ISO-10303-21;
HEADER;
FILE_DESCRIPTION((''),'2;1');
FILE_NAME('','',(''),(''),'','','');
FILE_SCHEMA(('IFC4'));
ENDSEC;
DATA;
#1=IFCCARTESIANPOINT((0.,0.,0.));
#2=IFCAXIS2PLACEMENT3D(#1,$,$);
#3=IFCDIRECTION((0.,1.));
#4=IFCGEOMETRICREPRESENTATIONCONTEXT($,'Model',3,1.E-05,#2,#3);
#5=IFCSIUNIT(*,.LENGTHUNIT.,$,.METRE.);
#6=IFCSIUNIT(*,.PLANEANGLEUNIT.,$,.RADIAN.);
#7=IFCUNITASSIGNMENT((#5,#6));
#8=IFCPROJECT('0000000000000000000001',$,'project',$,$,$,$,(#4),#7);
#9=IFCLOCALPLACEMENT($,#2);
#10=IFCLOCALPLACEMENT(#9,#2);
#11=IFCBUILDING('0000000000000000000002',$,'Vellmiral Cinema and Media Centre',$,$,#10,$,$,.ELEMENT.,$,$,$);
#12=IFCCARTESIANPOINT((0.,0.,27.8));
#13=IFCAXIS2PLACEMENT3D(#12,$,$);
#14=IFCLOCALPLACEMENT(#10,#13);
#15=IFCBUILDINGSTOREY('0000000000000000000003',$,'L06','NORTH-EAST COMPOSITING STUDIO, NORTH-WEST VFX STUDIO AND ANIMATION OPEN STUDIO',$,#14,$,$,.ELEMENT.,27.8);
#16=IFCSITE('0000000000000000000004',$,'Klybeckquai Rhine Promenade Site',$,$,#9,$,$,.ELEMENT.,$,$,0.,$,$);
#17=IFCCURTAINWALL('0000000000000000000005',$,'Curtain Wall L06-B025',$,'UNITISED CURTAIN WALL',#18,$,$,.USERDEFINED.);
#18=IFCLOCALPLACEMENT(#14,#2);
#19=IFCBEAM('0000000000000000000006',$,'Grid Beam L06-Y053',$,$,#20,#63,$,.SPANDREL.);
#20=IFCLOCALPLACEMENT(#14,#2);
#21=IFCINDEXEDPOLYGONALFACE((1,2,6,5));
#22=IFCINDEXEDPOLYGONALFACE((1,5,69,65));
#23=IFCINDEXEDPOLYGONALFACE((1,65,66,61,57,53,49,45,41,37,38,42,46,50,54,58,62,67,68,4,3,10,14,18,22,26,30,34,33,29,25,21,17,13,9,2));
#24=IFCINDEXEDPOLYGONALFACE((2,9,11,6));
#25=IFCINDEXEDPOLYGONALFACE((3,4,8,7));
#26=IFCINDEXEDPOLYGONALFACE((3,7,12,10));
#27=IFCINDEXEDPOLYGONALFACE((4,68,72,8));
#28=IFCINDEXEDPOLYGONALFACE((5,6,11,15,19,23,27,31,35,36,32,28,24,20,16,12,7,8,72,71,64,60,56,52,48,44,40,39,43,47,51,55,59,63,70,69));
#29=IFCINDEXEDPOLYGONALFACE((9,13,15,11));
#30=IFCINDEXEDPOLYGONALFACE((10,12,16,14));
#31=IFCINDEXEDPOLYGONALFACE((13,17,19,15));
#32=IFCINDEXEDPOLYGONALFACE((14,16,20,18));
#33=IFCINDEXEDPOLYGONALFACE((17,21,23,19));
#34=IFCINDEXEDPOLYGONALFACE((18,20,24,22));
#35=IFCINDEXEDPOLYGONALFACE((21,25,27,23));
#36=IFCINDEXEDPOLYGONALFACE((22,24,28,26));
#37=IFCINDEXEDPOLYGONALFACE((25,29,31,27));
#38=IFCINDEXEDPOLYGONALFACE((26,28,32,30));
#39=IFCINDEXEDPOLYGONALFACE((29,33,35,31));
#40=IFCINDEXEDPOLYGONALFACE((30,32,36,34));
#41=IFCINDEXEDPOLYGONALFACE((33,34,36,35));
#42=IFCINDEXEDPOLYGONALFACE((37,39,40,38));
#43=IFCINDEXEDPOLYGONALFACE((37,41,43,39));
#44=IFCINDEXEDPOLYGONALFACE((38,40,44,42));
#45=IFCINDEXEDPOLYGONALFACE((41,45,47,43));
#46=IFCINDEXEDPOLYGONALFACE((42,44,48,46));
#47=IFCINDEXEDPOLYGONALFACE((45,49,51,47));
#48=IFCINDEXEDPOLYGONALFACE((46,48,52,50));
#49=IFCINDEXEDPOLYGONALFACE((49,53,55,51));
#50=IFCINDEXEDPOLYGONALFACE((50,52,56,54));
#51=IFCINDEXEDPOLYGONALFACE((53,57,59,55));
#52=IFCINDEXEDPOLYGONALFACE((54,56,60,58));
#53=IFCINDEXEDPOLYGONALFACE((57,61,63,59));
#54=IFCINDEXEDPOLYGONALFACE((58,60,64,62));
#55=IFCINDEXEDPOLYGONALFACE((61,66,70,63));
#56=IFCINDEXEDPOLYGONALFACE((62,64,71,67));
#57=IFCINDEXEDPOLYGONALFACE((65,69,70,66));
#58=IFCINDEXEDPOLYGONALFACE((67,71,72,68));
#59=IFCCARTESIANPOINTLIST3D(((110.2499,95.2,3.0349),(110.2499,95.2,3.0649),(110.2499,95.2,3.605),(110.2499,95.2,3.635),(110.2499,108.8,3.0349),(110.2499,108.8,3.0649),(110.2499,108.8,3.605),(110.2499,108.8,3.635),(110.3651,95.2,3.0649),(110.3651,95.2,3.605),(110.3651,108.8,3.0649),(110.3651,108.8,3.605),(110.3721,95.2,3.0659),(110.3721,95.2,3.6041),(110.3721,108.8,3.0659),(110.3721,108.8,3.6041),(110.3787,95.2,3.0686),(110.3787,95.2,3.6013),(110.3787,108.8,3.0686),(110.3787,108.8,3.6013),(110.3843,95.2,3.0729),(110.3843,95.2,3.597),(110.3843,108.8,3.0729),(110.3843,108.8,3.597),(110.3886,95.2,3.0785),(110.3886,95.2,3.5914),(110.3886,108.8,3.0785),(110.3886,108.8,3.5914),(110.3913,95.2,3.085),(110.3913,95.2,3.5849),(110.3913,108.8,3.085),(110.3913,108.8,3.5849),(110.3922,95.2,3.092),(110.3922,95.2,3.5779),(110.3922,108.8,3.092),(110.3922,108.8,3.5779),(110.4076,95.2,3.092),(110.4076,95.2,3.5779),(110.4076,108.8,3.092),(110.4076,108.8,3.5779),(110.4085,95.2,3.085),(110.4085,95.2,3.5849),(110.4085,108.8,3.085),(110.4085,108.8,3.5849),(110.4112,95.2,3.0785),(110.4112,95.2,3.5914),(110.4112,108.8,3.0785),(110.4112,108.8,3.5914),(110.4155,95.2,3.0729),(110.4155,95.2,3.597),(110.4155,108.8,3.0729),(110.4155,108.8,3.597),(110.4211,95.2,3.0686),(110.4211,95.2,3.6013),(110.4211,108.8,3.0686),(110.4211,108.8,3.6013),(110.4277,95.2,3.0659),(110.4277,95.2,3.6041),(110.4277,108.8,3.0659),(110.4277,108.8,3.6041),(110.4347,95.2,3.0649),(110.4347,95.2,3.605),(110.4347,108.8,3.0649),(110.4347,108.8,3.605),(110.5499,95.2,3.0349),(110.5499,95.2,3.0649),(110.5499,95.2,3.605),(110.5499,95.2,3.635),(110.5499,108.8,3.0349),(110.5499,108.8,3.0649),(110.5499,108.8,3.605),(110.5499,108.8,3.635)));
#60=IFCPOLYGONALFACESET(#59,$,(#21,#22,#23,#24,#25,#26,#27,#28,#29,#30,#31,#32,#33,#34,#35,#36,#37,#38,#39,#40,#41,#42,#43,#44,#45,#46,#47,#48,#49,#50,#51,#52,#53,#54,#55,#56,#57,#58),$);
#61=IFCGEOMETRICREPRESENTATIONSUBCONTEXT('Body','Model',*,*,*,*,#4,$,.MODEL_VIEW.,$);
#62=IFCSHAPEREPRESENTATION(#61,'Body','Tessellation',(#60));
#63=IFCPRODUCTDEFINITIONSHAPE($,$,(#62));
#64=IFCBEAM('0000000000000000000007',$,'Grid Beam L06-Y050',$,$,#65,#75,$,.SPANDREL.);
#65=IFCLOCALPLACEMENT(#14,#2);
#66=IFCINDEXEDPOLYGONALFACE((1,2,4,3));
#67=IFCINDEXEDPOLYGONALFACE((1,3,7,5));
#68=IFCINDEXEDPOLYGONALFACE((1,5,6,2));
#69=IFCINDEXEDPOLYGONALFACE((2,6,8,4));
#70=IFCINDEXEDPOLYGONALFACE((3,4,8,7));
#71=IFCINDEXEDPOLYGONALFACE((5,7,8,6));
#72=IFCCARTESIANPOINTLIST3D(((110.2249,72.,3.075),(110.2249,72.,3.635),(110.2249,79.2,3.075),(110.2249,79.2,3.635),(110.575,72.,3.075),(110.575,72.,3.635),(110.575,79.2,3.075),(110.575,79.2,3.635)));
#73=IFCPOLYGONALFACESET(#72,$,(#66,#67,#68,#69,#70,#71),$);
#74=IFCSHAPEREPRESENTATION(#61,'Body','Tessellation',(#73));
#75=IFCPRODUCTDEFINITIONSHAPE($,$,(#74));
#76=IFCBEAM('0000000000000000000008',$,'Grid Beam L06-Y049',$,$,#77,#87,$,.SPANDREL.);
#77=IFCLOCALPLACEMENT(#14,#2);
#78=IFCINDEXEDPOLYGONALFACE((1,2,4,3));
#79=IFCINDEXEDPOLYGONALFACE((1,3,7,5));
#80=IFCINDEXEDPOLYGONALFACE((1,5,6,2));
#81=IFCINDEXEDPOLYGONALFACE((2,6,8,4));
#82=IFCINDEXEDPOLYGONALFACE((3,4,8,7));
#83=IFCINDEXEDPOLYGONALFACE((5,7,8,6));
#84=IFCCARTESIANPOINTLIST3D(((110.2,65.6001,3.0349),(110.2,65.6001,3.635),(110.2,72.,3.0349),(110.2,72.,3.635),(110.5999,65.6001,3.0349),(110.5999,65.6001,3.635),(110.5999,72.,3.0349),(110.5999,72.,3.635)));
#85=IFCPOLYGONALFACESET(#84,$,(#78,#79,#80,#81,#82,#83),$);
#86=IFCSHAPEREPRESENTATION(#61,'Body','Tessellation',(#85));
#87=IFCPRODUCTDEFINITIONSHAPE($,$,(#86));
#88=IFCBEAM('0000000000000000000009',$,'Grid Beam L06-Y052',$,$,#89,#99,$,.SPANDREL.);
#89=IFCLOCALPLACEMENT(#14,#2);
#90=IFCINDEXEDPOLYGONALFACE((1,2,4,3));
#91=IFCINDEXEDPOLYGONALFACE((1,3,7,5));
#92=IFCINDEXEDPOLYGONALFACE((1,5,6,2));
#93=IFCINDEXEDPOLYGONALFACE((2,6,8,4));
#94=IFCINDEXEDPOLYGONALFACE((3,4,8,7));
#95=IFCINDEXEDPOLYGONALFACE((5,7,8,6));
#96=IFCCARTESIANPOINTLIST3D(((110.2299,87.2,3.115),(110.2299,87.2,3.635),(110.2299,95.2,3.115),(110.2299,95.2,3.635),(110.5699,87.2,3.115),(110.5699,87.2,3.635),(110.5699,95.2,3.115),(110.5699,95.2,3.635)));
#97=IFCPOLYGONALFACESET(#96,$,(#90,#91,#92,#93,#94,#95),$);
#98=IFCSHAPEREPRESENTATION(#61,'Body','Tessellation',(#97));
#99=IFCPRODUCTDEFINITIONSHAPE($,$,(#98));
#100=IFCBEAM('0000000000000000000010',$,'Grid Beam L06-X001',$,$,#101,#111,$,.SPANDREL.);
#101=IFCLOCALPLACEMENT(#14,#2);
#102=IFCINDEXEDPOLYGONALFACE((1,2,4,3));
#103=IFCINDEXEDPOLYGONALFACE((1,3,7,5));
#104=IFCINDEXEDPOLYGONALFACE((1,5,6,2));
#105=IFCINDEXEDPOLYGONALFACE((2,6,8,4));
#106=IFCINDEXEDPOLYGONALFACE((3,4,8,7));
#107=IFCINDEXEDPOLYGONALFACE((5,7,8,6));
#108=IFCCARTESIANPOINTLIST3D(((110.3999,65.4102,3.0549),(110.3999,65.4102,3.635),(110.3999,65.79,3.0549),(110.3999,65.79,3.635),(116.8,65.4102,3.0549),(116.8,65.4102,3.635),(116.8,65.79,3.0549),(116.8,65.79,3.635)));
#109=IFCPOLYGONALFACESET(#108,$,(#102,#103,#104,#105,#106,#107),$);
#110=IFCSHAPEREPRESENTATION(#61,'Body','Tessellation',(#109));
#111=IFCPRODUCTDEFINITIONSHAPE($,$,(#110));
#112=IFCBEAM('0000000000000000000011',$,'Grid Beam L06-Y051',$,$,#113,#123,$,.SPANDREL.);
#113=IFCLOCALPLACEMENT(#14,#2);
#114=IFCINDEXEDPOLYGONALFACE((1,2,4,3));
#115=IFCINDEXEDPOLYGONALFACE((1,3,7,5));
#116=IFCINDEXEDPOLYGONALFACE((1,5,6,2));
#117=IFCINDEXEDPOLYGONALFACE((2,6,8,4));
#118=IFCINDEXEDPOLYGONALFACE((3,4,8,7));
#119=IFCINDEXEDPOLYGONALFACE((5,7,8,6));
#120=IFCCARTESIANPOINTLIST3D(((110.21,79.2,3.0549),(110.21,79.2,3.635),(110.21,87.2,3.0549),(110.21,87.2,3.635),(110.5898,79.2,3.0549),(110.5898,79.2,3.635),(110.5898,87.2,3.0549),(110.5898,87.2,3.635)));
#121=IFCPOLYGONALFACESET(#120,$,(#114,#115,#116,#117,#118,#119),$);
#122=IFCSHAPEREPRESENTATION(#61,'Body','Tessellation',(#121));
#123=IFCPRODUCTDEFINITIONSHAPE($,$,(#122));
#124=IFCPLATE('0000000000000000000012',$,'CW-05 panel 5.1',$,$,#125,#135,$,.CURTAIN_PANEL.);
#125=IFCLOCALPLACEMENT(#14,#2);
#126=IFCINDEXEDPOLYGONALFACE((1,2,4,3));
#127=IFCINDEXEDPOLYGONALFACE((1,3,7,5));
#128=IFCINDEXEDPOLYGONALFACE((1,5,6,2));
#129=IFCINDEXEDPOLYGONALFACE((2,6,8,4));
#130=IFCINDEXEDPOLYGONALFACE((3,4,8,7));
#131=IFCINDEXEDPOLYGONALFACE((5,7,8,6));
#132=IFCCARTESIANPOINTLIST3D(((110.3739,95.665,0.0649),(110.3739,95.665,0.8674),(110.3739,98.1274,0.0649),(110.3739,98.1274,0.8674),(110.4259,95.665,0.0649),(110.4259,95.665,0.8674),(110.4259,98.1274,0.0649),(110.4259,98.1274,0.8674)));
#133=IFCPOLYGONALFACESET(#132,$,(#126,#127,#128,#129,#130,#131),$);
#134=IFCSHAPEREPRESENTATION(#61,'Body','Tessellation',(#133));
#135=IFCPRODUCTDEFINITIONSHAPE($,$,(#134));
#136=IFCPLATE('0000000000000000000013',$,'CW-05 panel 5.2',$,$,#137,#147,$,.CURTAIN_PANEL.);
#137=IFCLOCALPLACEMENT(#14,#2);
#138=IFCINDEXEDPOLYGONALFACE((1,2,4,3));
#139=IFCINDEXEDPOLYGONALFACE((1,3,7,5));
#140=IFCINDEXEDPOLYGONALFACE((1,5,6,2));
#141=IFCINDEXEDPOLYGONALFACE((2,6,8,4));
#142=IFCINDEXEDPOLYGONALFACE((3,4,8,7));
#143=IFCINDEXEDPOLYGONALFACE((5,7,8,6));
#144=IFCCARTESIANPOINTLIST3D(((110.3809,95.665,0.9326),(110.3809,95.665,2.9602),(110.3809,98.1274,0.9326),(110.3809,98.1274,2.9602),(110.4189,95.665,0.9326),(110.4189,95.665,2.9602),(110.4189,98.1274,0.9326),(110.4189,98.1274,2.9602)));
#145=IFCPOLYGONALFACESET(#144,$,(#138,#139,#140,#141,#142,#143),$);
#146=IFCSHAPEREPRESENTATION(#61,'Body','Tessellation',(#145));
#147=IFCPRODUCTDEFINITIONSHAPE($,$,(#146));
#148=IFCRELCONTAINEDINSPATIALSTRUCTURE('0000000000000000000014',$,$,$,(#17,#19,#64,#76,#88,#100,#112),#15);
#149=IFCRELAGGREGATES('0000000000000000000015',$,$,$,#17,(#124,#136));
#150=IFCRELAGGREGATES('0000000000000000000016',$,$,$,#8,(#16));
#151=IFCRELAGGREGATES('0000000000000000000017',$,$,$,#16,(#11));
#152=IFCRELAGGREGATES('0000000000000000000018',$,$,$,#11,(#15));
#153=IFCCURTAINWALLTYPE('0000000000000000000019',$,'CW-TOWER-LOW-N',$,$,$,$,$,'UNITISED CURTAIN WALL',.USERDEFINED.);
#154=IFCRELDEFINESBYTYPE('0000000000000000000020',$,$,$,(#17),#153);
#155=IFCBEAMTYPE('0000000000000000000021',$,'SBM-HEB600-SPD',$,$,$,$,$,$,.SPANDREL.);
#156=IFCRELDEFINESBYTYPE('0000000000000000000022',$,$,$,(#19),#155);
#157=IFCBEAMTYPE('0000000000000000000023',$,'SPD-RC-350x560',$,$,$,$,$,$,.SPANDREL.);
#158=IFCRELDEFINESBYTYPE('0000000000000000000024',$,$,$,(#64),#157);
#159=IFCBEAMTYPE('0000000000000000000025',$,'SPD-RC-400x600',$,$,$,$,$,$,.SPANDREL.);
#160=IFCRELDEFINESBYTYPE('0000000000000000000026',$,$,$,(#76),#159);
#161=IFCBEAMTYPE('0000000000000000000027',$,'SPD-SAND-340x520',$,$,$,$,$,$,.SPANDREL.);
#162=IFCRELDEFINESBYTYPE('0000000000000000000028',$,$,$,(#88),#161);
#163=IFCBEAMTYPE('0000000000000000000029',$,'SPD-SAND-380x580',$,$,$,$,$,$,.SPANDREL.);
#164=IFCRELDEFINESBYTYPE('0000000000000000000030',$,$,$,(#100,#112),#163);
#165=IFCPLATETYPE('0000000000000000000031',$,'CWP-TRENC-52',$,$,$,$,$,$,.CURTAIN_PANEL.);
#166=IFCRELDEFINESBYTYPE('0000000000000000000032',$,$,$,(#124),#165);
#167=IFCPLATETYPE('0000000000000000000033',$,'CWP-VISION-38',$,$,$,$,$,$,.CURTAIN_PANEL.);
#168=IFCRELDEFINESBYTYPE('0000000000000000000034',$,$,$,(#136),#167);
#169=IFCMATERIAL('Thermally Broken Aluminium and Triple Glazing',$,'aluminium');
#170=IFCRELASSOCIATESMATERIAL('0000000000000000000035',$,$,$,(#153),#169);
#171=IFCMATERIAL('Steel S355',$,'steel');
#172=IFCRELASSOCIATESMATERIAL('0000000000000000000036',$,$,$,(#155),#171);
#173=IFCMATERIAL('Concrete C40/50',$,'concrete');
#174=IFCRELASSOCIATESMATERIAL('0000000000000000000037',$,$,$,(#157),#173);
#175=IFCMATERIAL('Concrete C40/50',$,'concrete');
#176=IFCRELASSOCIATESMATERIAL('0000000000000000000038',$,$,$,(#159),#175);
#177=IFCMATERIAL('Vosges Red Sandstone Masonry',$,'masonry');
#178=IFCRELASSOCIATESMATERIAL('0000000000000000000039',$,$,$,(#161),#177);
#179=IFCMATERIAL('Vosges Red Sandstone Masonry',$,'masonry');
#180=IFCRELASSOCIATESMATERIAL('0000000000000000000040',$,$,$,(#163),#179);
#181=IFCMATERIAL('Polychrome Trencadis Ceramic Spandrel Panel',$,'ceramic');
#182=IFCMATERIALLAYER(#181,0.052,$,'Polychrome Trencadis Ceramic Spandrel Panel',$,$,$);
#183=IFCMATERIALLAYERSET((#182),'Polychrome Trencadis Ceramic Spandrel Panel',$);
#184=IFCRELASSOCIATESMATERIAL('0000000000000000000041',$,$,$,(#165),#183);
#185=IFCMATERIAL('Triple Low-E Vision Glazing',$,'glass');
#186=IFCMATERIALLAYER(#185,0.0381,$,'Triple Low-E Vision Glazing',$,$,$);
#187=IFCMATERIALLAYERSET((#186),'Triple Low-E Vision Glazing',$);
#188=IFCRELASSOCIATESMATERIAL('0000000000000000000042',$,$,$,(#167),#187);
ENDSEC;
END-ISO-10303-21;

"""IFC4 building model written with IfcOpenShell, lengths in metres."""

from ifc_helpers import new_model, si_unit, direction, frame, origin, origin_2d, place, context, subcontext, project, spatial, rectangle, i_section, extrude, material, layer, layer_set, material_profile, profile_set, type_object, element, aggregate, save


model = new_model("IFC4")

# Units and contexts
model_context = context("Model", 3, precision=1e-05, world=origin(), true_north=direction((0.0, 1.0)))
body_context = subcontext(model_context, "Body", "Model", "MODEL_VIEW")
ifc_project = project(units=[si_unit("LENGTHUNIT", "METRE"), si_unit("PLANEANGLEUNIT", "RADIAN")], contexts=[model_context])

# Site, building, storey
site_placement = place(None, origin())
site = spatial("IfcSite", under=ifc_project, at=site_placement, Name="Klybeckquai Rhine Promenade Site", CompositionType="ELEMENT", RefElevation=0.0)
building_placement = place(site_placement, origin())
building = spatial("IfcBuilding", under=site, at=building_placement, Name="Vellmiral Cinema and Media Centre", CompositionType="ELEMENT")
storey_placement = place(building_placement, frame((0.0, 0.0, 27.8)))
storey = spatial("IfcBuildingStorey", under=building, at=storey_placement, Name="L06", Description="NORTH-EAST COMPOSITING STUDIO, NORTH-WEST VFX STUDIO AND ANIMATION OPEN STUDIO", CompositionType="ELEMENT", Elevation=27.8)

# Curtain wall
ifc_material_1 = material(Name="Thermally Broken Aluminium and Triple Glazing", Category="aluminium")
curtain_wall_type = type_object("IfcCurtainWallType", Name="CW-TOWER-LOW-N", ElementType="UNITISED CURTAIN WALL", PredefinedType="USERDEFINED", material=ifc_material_1)
curtain_wall_placement = place(storey_placement, origin())
curtain_wall = element("IfcCurtainWall", 1, at=curtain_wall_placement, inside=storey, type_object=curtain_wall_type, Name="Curtain Wall L06-B025", ObjectType="UNITISED CURTAIN WALL", PredefinedType="USERDEFINED")

# Beams
ifc_material_2 = material(Name="Steel S355", Category="steel")
ifc_material_profile_1 = material_profile(ifc_material_2, i_section(OverallWidth=0.3, OverallDepth=0.6001, WebThickness=0.0154, FlangeThickness=0.03, FilletRadius=0.0271, at=origin_2d()), Name="HEB 600")
ifc_profile_set_1 = profile_set([ifc_material_profile_1], Name="Steel S355")
beam_type_1 = type_object("IfcBeamType", Name="SBM-HEB600-SPD", PredefinedType="SPANDREL", material=ifc_profile_set_1)
beam_1_placement = place(storey_placement, frame((110.3999, 95.2, 3.335), z_axis=(0.0, 1.0, 0.0), x_axis=(-1.0, 0.0, 0.0)))
element("IfcBeam", 2, at=beam_1_placement, inside=storey, type_object=beam_type_1, Name="Grid Beam L06-Y053", PredefinedType="SPANDREL", context=body_context, shape_type="SweptSolid", body=[
    extrude(i_section(OverallWidth=0.3, OverallDepth=0.6001, WebThickness=0.0154, FlangeThickness=0.03, FilletRadius=0.0271, at=origin_2d()), origin(), (0.0, 0.0, 1.0), 13.6001),
])
ifc_material_3 = material(Name="Concrete C40/50", Category="concrete")
ifc_material_profile_2 = material_profile(ifc_material_3, rectangle(XDim=0.3501, YDim=0.5601, at=origin_2d()), Name="RC 350x560")
ifc_profile_set_2 = profile_set([ifc_material_profile_2], Name="Concrete C40/50")
beam_type_2 = type_object("IfcBeamType", Name="SPD-RC-350x560", PredefinedType="SPANDREL", material=ifc_profile_set_2)
beam_2_placement = place(storey_placement, frame((110.3999, 72.0, 3.355), z_axis=(0.0, 1.0, 0.0), x_axis=(-1.0, 0.0, 0.0)))
element("IfcBeam", 3, at=beam_2_placement, inside=storey, type_object=beam_type_2, Name="Grid Beam L06-Y050", PredefinedType="SPANDREL", context=body_context, shape_type="SweptSolid", body=[
    extrude(rectangle(XDim=0.3501, YDim=0.5601, at=origin_2d()), origin(), (0.0, 0.0, 1.0), 7.2),
])
ifc_material_4 = material(Name="Concrete C40/50", Category="concrete")
ifc_material_profile_3 = material_profile(ifc_material_4, rectangle(XDim=0.3999, YDim=0.6001, at=origin_2d()), Name="RC 400x600")
ifc_profile_set_3 = profile_set([ifc_material_profile_3], Name="Concrete C40/50")
beam_type_3 = type_object("IfcBeamType", Name="SPD-RC-400x600", PredefinedType="SPANDREL", material=ifc_profile_set_3)
beam_3_placement = place(storey_placement, frame((110.3999, 65.6001, 3.335), z_axis=(0.0, 1.0, 0.0), x_axis=(-1.0, 0.0, 0.0)))
element("IfcBeam", 4, at=beam_3_placement, inside=storey, type_object=beam_type_3, Name="Grid Beam L06-Y049", PredefinedType="SPANDREL", context=body_context, shape_type="SweptSolid", body=[
    extrude(rectangle(XDim=0.3999, YDim=0.6001, at=origin_2d()), origin(), (0.0, 0.0, 1.0), 6.3999),
])
ifc_material_5 = material(Name="Vosges Red Sandstone Masonry", Category="masonry")
ifc_material_profile_4 = material_profile(ifc_material_5, rectangle(XDim=0.3401, YDim=0.52, at=origin_2d()), Name="SAND 340x520")
ifc_profile_set_4 = profile_set([ifc_material_profile_4], Name="Vosges Red Sandstone Masonry")
beam_type_4 = type_object("IfcBeamType", Name="SPD-SAND-340x520", PredefinedType="SPANDREL", material=ifc_profile_set_4)
beam_4_placement = place(storey_placement, frame((110.3999, 87.2, 3.375), z_axis=(0.0, 1.0, 0.0), x_axis=(-1.0, 0.0, 0.0)))
element("IfcBeam", 5, at=beam_4_placement, inside=storey, type_object=beam_type_4, Name="Grid Beam L06-Y052", PredefinedType="SPANDREL", context=body_context, shape_type="SweptSolid", body=[
    extrude(rectangle(XDim=0.3401, YDim=0.52, at=origin_2d()), origin(), (0.0, 0.0, 1.0), 8.0),
])
ifc_material_6 = material(Name="Vosges Red Sandstone Masonry", Category="masonry")
ifc_material_profile_5 = material_profile(ifc_material_6, rectangle(XDim=0.3799, YDim=0.5801, at=origin_2d()), Name="SAND 380x580")
ifc_profile_set_5 = profile_set([ifc_material_profile_5], Name="Vosges Red Sandstone Masonry")
beam_type_5 = type_object("IfcBeamType", Name="SPD-SAND-380x580", PredefinedType="SPANDREL", material=ifc_profile_set_5)
beam_5_placement = place(storey_placement, frame((110.3999, 65.6001, 3.345), z_axis=(1.0, 0.0, 0.0), x_axis=(0.0, 1.0, 0.0)))
element("IfcBeam", 6, at=beam_5_placement, inside=storey, type_object=beam_type_5, Name="Grid Beam L06-X001", PredefinedType="SPANDREL", context=body_context, shape_type="SweptSolid", body=[
    extrude(rectangle(XDim=0.3799, YDim=0.5801, at=origin_2d()), origin(), (0.0, 0.0, 1.0), 6.4001),
])
beam_6_placement = place(storey_placement, frame((110.3999, 79.2, 3.345), z_axis=(0.0, 1.0, 0.0), x_axis=(-1.0, 0.0, 0.0)))
element("IfcBeam", 7, at=beam_6_placement, inside=storey, type_object=beam_type_5, Name="Grid Beam L06-Y051", PredefinedType="SPANDREL", context=body_context, shape_type="SweptSolid", body=[
    extrude(rectangle(XDim=0.3799, YDim=0.5801, at=origin_2d()), origin(), (0.0, 0.0, 1.0), 8.0),
])

# Plates
ifc_material_7 = material(Name="Polychrome Trencadis Ceramic Spandrel Panel", Category="ceramic")
ifc_layer_1 = layer(ifc_material_7, 0.052, Name="Polychrome Trencadis Ceramic Spandrel Panel")
ifc_layer_set_1 = layer_set([ifc_layer_1], Name="Polychrome Trencadis Ceramic Spandrel Panel")
plate_type_1 = type_object("IfcPlateType", Name="CWP-TRENC-52", PredefinedType="CURTAIN_PANEL", material=ifc_layer_set_1)
plate_1_placement = place(storey_placement, frame((110.3999, 96.8962, 0.0649), z_axis=(0.0, 0.0, 1.0), x_axis=(0.0, -1.0, 0.0)))
plate_1 = element("IfcPlate", 8, at=plate_1_placement, type_object=plate_type_1, Name="CW-05 panel 5.1", PredefinedType="CURTAIN_PANEL", context=body_context, shape_type="SweptSolid", body=[
    extrude(rectangle(XDim=2.4624, YDim=0.052, at=origin_2d()), origin(), (0.0, 0.0, 1.0), 0.8025),
])
ifc_material_8 = material(Name="Triple Low-E Vision Glazing", Category="glass")
ifc_layer_2 = layer(ifc_material_8, 0.0381, Name="Triple Low-E Vision Glazing")
ifc_layer_set_2 = layer_set([ifc_layer_2], Name="Triple Low-E Vision Glazing")
plate_type_2 = type_object("IfcPlateType", Name="CWP-VISION-38", PredefinedType="CURTAIN_PANEL", material=ifc_layer_set_2)
plate_2_placement = place(storey_placement, frame((110.3999, 96.8962, 0.9326), z_axis=(0.0, 0.0, 1.0), x_axis=(0.0, -1.0, 0.0)))
plate_2 = element("IfcPlate", 9, at=plate_2_placement, type_object=plate_type_2, Name="CW-05 panel 5.2", PredefinedType="CURTAIN_PANEL", context=body_context, shape_type="SweptSolid", body=[
    extrude(rectangle(XDim=2.4624, YDim=0.0381, at=origin_2d()), origin(), (0.0, 0.0, 1.0), 2.0276),
])
aggregate(curtain_wall, [plate_1, plate_2])

save(model, "model.ifc")
